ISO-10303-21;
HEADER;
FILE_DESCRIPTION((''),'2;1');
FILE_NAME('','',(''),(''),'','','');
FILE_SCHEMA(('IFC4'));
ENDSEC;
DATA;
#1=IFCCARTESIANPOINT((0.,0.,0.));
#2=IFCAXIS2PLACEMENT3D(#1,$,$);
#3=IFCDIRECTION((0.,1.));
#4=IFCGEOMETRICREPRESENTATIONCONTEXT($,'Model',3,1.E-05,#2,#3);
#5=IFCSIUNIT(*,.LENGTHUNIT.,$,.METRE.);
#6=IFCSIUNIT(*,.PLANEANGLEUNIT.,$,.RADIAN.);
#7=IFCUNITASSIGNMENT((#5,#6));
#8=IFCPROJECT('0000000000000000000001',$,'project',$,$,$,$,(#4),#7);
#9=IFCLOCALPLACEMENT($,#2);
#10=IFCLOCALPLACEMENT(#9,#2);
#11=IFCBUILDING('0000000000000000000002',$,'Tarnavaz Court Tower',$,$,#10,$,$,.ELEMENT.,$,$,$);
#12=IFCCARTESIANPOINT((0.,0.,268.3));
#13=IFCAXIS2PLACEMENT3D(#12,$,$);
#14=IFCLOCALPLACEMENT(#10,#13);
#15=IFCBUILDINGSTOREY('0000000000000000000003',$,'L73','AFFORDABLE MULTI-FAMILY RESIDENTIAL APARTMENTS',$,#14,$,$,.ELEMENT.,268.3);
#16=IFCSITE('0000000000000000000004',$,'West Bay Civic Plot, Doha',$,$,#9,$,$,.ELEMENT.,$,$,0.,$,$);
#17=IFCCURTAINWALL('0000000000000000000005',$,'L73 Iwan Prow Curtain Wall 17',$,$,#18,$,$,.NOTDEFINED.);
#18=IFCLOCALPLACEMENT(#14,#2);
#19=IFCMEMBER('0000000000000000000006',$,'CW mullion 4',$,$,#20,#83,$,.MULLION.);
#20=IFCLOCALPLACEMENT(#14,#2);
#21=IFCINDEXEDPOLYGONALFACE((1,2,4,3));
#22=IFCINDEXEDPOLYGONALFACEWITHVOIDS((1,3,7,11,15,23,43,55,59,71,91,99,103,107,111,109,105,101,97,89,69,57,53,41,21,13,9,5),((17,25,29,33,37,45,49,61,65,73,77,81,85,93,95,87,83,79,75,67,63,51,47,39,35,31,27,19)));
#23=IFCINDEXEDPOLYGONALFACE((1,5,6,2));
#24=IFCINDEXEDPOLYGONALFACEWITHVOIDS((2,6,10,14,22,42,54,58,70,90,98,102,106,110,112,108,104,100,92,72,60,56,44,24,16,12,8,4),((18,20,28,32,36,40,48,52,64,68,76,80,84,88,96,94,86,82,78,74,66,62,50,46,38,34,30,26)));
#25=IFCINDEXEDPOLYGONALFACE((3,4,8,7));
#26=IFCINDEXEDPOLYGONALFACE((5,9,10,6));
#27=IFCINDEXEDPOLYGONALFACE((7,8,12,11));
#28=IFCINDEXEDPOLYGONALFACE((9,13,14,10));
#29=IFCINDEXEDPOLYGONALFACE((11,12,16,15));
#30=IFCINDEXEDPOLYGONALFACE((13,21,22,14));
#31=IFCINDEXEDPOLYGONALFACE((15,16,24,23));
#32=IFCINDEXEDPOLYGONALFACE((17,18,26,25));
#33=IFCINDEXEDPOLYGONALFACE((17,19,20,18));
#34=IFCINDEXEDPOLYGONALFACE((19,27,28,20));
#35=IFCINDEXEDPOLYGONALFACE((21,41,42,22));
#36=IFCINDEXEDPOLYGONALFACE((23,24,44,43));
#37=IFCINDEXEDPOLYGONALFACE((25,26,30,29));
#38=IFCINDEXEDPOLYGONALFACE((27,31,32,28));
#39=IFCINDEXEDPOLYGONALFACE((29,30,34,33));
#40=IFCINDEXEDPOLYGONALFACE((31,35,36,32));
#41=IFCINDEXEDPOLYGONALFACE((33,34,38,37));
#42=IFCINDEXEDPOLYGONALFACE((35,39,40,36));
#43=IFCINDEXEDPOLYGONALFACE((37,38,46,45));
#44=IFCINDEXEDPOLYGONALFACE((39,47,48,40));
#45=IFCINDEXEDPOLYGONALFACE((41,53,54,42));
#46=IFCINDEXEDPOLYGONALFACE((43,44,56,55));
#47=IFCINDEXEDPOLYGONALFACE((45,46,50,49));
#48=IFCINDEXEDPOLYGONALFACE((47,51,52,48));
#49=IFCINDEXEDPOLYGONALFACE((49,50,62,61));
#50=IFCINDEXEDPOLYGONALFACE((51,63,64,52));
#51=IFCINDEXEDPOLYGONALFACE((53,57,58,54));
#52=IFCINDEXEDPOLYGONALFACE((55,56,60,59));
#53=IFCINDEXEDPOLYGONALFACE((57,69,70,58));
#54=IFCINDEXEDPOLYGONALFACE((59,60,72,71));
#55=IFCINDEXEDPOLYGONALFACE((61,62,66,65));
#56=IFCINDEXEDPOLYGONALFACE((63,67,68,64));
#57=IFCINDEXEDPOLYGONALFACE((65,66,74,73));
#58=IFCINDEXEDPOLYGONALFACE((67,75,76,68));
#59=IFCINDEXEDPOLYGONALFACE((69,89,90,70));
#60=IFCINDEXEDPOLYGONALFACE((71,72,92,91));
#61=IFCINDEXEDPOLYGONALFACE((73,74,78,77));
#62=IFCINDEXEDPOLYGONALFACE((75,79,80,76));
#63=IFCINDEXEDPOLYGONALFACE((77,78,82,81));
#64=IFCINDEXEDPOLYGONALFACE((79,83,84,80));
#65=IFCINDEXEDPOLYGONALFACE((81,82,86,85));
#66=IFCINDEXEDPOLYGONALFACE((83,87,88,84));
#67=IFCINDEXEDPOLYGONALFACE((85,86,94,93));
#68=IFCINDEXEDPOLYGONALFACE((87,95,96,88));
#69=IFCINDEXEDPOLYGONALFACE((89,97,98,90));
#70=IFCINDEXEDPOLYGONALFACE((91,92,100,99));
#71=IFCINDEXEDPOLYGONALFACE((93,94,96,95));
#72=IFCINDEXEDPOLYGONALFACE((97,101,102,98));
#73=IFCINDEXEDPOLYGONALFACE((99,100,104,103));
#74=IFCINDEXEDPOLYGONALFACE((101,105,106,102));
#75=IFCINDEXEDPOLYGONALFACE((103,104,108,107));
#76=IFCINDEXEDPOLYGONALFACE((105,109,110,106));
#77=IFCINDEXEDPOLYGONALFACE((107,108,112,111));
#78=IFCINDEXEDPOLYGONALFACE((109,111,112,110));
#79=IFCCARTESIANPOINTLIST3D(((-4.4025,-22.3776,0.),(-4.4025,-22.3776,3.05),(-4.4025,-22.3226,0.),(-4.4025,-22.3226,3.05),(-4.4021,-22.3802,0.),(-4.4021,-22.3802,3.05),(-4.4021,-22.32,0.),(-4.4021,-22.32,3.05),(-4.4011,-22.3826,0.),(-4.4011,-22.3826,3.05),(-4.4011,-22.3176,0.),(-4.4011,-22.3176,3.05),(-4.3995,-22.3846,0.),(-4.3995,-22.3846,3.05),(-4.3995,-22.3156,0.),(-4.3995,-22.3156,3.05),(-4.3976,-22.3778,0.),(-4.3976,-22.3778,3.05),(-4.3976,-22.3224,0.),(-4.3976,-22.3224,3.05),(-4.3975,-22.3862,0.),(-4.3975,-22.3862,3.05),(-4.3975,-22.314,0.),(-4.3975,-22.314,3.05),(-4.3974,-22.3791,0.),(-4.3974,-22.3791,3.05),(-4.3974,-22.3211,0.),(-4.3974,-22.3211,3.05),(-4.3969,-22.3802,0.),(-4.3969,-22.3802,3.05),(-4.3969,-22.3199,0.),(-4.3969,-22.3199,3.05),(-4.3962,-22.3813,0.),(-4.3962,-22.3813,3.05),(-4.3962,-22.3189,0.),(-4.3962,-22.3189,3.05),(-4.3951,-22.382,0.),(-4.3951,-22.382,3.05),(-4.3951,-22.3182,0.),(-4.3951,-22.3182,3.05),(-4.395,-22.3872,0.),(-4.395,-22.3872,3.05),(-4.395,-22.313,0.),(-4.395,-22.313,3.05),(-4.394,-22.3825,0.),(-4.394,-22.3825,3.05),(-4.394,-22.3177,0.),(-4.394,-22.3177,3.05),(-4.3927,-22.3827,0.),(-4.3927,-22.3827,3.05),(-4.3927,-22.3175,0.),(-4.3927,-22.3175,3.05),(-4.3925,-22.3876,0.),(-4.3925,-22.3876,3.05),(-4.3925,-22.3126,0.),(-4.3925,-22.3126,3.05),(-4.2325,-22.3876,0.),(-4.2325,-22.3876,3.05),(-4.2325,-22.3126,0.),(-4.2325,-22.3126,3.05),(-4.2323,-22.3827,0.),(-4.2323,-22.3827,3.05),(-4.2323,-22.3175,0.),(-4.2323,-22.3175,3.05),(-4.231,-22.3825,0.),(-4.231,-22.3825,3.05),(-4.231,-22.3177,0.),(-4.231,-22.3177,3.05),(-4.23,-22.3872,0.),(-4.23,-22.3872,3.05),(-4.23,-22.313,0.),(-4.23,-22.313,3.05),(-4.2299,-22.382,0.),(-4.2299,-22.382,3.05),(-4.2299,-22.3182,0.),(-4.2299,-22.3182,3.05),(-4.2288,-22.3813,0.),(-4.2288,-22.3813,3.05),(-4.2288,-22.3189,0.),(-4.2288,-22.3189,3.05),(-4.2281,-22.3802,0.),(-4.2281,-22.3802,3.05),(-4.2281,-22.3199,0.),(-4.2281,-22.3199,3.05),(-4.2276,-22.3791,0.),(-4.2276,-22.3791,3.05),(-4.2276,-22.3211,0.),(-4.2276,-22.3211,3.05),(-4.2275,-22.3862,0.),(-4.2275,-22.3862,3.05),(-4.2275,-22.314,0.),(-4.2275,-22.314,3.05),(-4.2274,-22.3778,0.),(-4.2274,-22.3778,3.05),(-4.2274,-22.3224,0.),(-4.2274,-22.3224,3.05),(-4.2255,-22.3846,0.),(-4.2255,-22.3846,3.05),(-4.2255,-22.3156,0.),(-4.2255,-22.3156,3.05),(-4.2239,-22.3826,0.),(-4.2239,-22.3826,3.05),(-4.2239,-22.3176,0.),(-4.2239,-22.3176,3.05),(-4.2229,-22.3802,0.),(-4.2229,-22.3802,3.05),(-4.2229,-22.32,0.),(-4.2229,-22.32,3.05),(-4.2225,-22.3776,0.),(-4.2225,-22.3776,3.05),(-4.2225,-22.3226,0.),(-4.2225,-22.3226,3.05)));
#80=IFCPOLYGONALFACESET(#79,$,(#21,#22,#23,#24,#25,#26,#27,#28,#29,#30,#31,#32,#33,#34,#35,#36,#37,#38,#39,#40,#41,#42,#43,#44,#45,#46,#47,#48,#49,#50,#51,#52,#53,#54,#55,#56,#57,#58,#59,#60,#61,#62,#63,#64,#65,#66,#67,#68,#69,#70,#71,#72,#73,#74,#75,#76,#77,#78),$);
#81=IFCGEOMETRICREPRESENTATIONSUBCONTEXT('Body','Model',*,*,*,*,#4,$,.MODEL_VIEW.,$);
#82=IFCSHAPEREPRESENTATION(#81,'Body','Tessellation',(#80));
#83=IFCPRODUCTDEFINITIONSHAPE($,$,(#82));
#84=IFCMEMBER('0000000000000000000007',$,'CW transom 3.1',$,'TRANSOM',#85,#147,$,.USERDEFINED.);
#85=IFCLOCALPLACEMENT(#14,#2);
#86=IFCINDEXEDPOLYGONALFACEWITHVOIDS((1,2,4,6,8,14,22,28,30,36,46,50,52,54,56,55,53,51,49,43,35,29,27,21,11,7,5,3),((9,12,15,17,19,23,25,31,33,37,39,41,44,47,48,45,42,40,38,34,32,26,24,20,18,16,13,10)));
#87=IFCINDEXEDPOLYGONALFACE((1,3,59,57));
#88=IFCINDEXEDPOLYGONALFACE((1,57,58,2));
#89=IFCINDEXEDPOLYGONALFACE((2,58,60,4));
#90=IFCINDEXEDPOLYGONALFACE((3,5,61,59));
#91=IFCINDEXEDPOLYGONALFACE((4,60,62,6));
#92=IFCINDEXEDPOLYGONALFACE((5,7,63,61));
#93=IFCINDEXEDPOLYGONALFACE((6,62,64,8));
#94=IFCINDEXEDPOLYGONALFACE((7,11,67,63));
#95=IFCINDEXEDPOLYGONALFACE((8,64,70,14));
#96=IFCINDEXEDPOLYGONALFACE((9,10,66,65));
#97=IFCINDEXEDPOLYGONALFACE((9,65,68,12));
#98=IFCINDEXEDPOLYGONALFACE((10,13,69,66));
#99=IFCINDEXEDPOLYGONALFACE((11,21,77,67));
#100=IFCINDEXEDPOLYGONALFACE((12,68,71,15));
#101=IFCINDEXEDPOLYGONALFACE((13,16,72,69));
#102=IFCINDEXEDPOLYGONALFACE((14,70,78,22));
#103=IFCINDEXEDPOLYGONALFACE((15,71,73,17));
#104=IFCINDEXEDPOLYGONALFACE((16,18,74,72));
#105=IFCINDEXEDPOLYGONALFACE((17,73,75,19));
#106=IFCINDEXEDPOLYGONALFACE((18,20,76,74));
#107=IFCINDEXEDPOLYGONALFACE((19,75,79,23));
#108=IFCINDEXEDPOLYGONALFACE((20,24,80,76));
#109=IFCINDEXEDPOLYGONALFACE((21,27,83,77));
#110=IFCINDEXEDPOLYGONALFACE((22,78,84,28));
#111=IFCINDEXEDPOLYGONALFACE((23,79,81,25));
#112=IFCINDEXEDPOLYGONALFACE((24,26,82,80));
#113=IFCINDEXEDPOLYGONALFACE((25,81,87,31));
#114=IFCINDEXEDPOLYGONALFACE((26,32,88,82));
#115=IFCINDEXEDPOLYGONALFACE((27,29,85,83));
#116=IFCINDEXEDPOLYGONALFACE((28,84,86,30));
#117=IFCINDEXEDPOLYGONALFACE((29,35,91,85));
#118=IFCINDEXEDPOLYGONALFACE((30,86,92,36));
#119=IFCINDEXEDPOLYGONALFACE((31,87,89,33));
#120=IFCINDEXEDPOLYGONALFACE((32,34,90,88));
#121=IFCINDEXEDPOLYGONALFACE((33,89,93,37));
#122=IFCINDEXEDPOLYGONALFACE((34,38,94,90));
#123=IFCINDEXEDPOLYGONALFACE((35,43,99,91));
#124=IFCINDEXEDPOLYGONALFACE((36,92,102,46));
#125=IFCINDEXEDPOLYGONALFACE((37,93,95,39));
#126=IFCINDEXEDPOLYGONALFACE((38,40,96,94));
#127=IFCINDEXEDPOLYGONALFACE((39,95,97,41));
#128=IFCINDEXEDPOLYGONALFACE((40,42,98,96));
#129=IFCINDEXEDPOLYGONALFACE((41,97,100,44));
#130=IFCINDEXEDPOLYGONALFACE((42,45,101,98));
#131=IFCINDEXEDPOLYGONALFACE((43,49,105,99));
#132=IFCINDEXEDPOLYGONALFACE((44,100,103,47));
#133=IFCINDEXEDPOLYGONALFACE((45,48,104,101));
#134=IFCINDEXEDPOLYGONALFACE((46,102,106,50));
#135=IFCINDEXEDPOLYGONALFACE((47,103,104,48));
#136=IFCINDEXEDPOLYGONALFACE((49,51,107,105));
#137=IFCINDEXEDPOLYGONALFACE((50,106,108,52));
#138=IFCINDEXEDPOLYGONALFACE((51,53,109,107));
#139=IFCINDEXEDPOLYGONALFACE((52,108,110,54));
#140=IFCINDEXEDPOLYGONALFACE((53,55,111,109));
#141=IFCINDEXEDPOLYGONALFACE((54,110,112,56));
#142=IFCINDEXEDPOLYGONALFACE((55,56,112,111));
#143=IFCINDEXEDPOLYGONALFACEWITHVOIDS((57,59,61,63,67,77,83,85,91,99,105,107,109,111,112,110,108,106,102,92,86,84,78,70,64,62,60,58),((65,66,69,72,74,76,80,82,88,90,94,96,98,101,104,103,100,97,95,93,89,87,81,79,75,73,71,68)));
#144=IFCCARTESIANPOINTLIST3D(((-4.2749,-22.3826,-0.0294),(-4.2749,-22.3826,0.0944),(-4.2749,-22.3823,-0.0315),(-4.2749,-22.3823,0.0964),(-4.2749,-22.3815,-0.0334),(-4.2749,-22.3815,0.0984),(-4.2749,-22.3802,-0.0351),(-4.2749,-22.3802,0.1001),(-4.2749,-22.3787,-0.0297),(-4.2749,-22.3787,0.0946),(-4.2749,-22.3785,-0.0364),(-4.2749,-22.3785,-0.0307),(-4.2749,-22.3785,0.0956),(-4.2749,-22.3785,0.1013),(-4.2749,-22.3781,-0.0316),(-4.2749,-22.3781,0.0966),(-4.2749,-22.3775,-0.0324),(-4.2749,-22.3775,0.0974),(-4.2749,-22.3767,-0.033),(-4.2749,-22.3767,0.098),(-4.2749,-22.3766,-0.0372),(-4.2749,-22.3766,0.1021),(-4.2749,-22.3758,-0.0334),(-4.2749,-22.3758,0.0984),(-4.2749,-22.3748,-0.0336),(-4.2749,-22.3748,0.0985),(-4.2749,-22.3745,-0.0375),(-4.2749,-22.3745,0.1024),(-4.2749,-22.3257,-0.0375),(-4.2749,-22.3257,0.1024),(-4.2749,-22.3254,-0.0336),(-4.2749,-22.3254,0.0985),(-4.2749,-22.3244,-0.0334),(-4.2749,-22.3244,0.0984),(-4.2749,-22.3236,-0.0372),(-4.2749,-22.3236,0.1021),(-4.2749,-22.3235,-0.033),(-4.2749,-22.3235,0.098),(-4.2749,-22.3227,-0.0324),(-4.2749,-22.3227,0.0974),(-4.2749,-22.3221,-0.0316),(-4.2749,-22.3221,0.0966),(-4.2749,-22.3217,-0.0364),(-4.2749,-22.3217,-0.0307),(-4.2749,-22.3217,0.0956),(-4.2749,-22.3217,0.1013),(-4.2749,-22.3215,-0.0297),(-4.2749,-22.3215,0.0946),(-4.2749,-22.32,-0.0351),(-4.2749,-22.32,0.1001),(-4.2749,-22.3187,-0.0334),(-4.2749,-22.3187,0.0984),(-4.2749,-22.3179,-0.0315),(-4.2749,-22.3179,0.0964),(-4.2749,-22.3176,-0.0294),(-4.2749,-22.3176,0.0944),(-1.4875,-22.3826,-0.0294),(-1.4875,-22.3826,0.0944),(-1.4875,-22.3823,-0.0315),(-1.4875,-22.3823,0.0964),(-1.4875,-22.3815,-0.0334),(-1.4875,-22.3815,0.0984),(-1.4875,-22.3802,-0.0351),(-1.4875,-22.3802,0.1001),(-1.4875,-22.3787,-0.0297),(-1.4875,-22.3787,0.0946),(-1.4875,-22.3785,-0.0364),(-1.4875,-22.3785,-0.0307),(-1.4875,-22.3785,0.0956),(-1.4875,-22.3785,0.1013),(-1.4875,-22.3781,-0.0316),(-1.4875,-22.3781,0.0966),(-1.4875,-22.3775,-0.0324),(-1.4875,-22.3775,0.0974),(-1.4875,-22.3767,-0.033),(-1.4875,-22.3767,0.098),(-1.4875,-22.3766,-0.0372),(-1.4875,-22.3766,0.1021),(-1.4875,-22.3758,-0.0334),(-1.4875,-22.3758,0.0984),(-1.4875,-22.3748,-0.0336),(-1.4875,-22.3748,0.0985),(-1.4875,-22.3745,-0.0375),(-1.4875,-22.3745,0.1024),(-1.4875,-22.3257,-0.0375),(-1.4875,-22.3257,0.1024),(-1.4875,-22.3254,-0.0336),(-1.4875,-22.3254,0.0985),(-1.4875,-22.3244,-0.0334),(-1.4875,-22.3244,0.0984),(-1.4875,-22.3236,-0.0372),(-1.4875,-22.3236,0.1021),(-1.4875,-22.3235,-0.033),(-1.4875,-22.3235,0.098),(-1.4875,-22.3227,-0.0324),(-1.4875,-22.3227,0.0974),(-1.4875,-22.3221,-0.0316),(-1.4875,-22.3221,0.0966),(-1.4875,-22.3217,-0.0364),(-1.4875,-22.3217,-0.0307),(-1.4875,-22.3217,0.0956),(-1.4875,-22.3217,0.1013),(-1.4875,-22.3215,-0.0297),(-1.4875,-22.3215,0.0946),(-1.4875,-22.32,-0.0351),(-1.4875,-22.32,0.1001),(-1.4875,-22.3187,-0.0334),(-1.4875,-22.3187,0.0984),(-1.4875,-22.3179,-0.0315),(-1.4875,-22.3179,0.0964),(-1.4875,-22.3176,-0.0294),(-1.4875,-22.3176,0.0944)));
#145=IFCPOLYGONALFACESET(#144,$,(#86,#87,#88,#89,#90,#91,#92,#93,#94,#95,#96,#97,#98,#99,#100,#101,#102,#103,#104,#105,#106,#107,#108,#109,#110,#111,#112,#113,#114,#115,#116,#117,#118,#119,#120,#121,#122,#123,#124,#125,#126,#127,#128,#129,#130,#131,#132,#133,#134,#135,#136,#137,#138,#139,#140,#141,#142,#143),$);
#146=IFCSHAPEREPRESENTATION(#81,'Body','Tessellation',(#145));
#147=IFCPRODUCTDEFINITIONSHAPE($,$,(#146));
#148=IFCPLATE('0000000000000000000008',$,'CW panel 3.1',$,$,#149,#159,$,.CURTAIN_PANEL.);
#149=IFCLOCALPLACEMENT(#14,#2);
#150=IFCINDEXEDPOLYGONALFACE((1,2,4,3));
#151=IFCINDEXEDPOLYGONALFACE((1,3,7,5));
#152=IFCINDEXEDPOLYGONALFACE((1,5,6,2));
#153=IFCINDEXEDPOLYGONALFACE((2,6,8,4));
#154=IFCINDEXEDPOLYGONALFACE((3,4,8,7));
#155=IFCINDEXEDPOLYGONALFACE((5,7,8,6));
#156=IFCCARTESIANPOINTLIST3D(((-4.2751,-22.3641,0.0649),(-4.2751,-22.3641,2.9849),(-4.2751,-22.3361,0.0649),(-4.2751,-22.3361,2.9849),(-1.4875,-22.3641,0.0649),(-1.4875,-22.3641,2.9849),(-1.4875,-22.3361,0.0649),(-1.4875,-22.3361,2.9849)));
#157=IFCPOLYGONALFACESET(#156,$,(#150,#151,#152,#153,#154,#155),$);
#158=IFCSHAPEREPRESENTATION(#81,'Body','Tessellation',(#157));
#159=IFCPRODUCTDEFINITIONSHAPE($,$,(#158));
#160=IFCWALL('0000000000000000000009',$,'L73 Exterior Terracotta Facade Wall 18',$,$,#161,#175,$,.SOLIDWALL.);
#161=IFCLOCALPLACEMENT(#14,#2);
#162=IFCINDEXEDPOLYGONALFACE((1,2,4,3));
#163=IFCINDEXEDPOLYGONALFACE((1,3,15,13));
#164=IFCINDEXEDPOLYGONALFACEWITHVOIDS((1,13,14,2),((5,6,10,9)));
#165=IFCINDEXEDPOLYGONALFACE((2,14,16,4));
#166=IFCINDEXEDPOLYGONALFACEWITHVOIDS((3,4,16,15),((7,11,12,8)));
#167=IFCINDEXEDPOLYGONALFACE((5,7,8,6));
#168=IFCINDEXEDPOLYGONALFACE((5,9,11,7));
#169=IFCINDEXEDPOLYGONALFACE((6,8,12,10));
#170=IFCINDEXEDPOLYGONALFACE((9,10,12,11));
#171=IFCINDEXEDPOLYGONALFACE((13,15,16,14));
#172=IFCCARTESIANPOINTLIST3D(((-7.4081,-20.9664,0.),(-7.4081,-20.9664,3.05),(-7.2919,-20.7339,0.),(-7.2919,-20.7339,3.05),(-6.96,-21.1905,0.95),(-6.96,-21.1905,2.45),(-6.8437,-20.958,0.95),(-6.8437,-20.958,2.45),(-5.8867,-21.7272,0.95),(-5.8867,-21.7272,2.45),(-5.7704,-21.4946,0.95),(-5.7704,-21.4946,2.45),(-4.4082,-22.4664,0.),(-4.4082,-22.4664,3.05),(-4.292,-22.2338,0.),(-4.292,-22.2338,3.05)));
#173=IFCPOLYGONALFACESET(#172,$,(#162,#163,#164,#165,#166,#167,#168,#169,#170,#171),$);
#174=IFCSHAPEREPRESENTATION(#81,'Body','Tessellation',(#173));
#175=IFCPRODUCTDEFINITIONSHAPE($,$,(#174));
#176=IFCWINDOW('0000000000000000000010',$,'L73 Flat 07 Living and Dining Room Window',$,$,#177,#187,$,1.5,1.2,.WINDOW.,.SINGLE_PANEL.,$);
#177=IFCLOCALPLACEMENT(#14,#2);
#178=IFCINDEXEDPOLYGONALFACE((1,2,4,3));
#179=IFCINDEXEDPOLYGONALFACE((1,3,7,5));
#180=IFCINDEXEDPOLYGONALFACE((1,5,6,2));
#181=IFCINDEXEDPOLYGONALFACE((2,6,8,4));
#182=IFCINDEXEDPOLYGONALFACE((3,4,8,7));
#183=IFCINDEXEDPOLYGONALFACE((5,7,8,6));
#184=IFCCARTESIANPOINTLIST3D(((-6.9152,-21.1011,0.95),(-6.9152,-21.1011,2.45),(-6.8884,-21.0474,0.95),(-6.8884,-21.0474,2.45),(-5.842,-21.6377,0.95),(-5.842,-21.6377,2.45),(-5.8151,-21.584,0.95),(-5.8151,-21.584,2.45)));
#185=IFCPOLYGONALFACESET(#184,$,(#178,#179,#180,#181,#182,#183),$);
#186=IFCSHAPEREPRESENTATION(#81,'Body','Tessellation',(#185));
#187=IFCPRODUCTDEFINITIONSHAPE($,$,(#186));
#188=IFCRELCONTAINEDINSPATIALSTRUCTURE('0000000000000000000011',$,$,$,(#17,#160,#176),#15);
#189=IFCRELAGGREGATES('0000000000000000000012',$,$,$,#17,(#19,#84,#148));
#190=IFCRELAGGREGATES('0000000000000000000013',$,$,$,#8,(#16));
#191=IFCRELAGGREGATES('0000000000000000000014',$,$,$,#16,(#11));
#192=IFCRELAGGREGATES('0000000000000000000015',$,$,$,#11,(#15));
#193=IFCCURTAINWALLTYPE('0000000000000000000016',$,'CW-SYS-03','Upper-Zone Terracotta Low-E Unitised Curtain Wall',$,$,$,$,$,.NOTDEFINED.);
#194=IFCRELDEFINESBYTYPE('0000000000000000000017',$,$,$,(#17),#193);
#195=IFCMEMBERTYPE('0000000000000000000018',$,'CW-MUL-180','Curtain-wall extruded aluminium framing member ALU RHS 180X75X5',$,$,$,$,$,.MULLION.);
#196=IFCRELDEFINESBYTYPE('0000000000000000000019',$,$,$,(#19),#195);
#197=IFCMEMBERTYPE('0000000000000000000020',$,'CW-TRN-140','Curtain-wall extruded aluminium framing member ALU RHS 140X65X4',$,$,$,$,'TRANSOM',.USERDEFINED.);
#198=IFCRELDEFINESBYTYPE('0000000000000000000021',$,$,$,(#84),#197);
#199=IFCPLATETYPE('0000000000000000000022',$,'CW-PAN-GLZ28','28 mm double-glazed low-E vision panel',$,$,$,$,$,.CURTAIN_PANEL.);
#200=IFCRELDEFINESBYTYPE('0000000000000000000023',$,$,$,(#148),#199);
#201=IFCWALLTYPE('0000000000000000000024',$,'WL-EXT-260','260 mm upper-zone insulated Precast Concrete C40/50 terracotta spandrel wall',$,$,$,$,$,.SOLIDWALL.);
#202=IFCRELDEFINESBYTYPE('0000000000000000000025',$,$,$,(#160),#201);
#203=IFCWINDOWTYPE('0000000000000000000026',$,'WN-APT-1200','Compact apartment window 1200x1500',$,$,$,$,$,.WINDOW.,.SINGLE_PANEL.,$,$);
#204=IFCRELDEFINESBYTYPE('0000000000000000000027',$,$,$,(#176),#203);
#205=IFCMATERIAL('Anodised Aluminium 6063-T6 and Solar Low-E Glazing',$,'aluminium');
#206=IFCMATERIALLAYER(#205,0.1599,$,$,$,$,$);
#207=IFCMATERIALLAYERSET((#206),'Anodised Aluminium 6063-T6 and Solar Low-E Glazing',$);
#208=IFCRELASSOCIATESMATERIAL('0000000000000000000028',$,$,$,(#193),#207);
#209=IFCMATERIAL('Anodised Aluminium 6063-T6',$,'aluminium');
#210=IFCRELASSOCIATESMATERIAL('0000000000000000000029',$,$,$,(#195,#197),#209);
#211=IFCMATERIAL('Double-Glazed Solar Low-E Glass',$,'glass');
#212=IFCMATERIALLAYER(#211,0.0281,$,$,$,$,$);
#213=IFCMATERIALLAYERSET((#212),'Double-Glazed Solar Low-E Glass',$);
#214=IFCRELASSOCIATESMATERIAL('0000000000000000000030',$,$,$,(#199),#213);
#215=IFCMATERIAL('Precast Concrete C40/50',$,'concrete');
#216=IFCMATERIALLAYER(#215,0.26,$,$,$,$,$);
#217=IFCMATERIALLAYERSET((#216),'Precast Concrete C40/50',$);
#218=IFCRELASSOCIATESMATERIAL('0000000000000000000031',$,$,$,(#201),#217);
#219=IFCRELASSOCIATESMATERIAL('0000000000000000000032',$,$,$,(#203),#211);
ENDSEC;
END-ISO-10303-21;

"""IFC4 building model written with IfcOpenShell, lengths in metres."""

from ifc_helpers import new_model, si_unit, direction, frame, frame_2d, origin, origin_2d, place, context, subcontext, project, spatial, rectangle, hollow_rectangle, extrude, material, layer, layer_set, material_profile, profile_set, type_object, element, fill, aggregate, save


model = new_model("IFC4")

# Units and contexts
model_context = context("Model", 3, precision=1e-05, world=origin(), true_north=direction((0.0, 1.0)))
body_context = subcontext(model_context, "Body", "Model", "MODEL_VIEW")
ifc_project = project(units=[si_unit("LENGTHUNIT", "METRE"), si_unit("PLANEANGLEUNIT", "RADIAN")], contexts=[model_context])

# Site, building, storey
site_placement = place(None, origin())
site = spatial("IfcSite", under=ifc_project, at=site_placement, Name="West Bay Civic Plot, Doha", CompositionType="ELEMENT", RefElevation=0.0)
building_placement = place(site_placement, origin())
building = spatial("IfcBuilding", under=site, at=building_placement, Name="Tarnavaz Court Tower", CompositionType="ELEMENT")
storey_placement = place(building_placement, frame((0.0, 0.0, 268.3)))
storey = spatial("IfcBuildingStorey", under=building, at=storey_placement, Name="L73", Description="AFFORDABLE MULTI-FAMILY RESIDENTIAL APARTMENTS", CompositionType="ELEMENT", Elevation=268.3)

# Curtain wall, members, plate
ifc_material_1 = material(Name="Anodised Aluminium 6063-T6 and Solar Low-E Glazing", Category="aluminium")
ifc_layer_1 = layer(ifc_material_1, 0.1599)
ifc_layer_set_1 = layer_set([ifc_layer_1], Name="Anodised Aluminium 6063-T6 and Solar Low-E Glazing")
curtain_wall_type = type_object("IfcCurtainWallType", Name="CW-SYS-03", Description="Upper-Zone Terracotta Low-E Unitised Curtain Wall", PredefinedType="NOTDEFINED", material=ifc_layer_set_1)
curtain_wall_placement = place(storey_placement, origin())
curtain_wall = element("IfcCurtainWall", 1, at=curtain_wall_placement, inside=storey, type_object=curtain_wall_type, Name="L73 Iwan Prow Curtain Wall 17", PredefinedType="NOTDEFINED")
ifc_material_2 = material(Name="Anodised Aluminium 6063-T6", Category="aluminium")
ifc_material_profile_1 = material_profile(ifc_material_2, hollow_rectangle(XDim=0.075, YDim=0.1799, WallThickness=0.0049, InnerFilletRadius=0.0049, OuterFilletRadius=0.01, at=origin_2d()), Name="ALU RHS 180X75X5")
ifc_profile_set_1 = profile_set([ifc_material_profile_1], Name="Anodised Aluminium 6063-T6")
member_type_1 = type_object("IfcMemberType", Name="CW-MUL-180", Description="Curtain-wall extruded aluminium framing member ALU RHS 180X75X5", PredefinedType="MULLION", material=ifc_profile_set_1)
member_1_placement = place(storey_placement, frame((-4.3125, -22.3501, 0.0), z_axis=(0.0, 0.0, 1.0), x_axis=(0.0, -1.0, 0.0)))
member_1 = element("IfcMember", 2, at=member_1_placement, type_object=member_type_1, Name="CW mullion 4", PredefinedType="MULLION", context=body_context, shape_type="SweptSolid", body=[
    extrude(hollow_rectangle(XDim=0.075, YDim=0.1799, WallThickness=0.0049, InnerFilletRadius=0.0049, OuterFilletRadius=0.01, at=origin_2d()), origin(), (0.0, 0.0, 1.0), 3.05),
])
ifc_material_profile_2 = material_profile(ifc_material_2, hollow_rectangle(XDim=0.0649, YDim=0.1399, WallThickness=0.0039, InnerFilletRadius=0.0039, OuterFilletRadius=0.0081, at=origin_2d()), Name="ALU RHS 140X65X4")
ifc_profile_set_2 = profile_set([ifc_material_profile_2], Name="Anodised Aluminium 6063-T6")
member_type_2 = type_object("IfcMemberType", Name="CW-TRN-140", Description="Curtain-wall extruded aluminium framing member ALU RHS 140X65X4", ElementType="TRANSOM", PredefinedType="USERDEFINED", material=ifc_profile_set_2)
member_2_placement = place(storey_placement, frame((-1.4875, -22.3501, 0.0325), z_axis=(-1.0, 0.0, 0.0), x_axis=(0.0, -1.0, 0.0)))
member_2 = element("IfcMember", 3, at=member_2_placement, type_object=member_type_2, Name="CW transom 3.1", ObjectType="TRANSOM", PredefinedType="USERDEFINED", context=body_context, shape_type="SweptSolid", body=[
    extrude(hollow_rectangle(XDim=0.0649, YDim=0.1399, WallThickness=0.0039, InnerFilletRadius=0.0039, OuterFilletRadius=0.0081, at=origin_2d()), origin(), (0.0, 0.0, 1.0), 2.7874),
])
ifc_material_3 = material(Name="Double-Glazed Solar Low-E Glass", Category="glass")
ifc_layer_2 = layer(ifc_material_3, 0.0281)
ifc_layer_set_2 = layer_set([ifc_layer_2], Name="Double-Glazed Solar Low-E Glass")
plate_type = type_object("IfcPlateType", Name="CW-PAN-GLZ28", Description="28 mm double-glazed low-E vision panel", PredefinedType="CURTAIN_PANEL", material=ifc_layer_set_2)
plate_placement = place(storey_placement, frame((-2.8813, -22.3501, 0.0649), z_axis=(0.0, 0.0, 1.0), x_axis=(-1.0, 0.0, 0.0)))
plate = element("IfcPlate", 4, at=plate_placement, type_object=plate_type, Name="CW panel 3.1", PredefinedType="CURTAIN_PANEL", context=body_context, shape_type="SweptSolid", body=[
    extrude(rectangle(XDim=2.7876, YDim=0.0281, at=origin_2d()), origin(), (0.0, 0.0, 1.0), 2.9199),
])
aggregate(curtain_wall, [member_1, member_2, plate])

# Wall, opening, window
ifc_material_4 = material(Name="Precast Concrete C40/50", Category="concrete")
ifc_layer_3 = layer(ifc_material_4, 0.26)
ifc_layer_set_3 = layer_set([ifc_layer_3], Name="Precast Concrete C40/50")
wall_type_1 = type_object("IfcWallType", Name="WL-EXT-260", Description="260 mm upper-zone insulated Precast Concrete C40/50 terracotta spandrel wall", PredefinedType="SOLIDWALL", material=ifc_layer_set_3)
wall_1_placement = place(storey_placement, frame((-4.3501, -22.3501, 0.0), z_axis=(0.0, 0.0, 1.0), x_axis=(-0.894427, 0.447214, 0.0)))
wall_1 = element("IfcWall", 5, at=wall_1_placement, inside=storey, type_object=wall_type_1, Name="L73 Exterior Terracotta Facade Wall 18", PredefinedType="SOLIDWALL", context=body_context, shape_type="SweptSolid", body=[
    extrude(rectangle(XDim=3.354, YDim=0.26, at=frame_2d((1.677, 0.0))), origin(), (0.0, 0.0, 1.0), 3.05),
])
opening_1_placement = place(wall_1_placement, frame((1.6528, 0.0, 0.95)))
opening_1 = element("IfcOpeningElement", 6, at=opening_1_placement, cuts=wall_1, PredefinedType="OPENING", context=body_context, shape_type="SweptSolid", body=[
    extrude(rectangle(XDim=1.2, YDim=1.5, at=frame_2d((0.6001, 0.75))), frame((0.0, 0.1399, 0.0), z_axis=(0.0, -1.0, 0.0), x_axis=(1.0, 0.0, 0.0)), (0.0, 0.0, 1.0), 0.28),
])
window_type_1 = type_object("IfcWindowType", Name="WN-APT-1200", Description="Compact apartment window 1200x1500", PartitioningType="SINGLE_PANEL", PredefinedType="WINDOW", material=ifc_material_3)
window_1_placement = place(opening_1_placement, origin())
window_1 = element("IfcWindow", 7, at=window_1_placement, inside=storey, type_object=window_type_1, Name="L73 Flat 07 Living and Dining Room Window", OverallHeight=1.5, OverallWidth=1.2, PartitioningType="SINGLE_PANEL", PredefinedType="WINDOW", context=body_context, shape_type="SweptSolid", body=[
    extrude(rectangle(XDim=1.2, YDim=1.5, at=frame_2d((0.6001, 0.75))), frame((0.0, 0.03, 0.0), z_axis=(0.0, -1.0, 0.0), x_axis=(1.0, 0.0, 0.0)), (0.0, 0.0, 1.0), 0.0601),
])
fill(opening_1, window_1)

save(model, "model.ifc")
